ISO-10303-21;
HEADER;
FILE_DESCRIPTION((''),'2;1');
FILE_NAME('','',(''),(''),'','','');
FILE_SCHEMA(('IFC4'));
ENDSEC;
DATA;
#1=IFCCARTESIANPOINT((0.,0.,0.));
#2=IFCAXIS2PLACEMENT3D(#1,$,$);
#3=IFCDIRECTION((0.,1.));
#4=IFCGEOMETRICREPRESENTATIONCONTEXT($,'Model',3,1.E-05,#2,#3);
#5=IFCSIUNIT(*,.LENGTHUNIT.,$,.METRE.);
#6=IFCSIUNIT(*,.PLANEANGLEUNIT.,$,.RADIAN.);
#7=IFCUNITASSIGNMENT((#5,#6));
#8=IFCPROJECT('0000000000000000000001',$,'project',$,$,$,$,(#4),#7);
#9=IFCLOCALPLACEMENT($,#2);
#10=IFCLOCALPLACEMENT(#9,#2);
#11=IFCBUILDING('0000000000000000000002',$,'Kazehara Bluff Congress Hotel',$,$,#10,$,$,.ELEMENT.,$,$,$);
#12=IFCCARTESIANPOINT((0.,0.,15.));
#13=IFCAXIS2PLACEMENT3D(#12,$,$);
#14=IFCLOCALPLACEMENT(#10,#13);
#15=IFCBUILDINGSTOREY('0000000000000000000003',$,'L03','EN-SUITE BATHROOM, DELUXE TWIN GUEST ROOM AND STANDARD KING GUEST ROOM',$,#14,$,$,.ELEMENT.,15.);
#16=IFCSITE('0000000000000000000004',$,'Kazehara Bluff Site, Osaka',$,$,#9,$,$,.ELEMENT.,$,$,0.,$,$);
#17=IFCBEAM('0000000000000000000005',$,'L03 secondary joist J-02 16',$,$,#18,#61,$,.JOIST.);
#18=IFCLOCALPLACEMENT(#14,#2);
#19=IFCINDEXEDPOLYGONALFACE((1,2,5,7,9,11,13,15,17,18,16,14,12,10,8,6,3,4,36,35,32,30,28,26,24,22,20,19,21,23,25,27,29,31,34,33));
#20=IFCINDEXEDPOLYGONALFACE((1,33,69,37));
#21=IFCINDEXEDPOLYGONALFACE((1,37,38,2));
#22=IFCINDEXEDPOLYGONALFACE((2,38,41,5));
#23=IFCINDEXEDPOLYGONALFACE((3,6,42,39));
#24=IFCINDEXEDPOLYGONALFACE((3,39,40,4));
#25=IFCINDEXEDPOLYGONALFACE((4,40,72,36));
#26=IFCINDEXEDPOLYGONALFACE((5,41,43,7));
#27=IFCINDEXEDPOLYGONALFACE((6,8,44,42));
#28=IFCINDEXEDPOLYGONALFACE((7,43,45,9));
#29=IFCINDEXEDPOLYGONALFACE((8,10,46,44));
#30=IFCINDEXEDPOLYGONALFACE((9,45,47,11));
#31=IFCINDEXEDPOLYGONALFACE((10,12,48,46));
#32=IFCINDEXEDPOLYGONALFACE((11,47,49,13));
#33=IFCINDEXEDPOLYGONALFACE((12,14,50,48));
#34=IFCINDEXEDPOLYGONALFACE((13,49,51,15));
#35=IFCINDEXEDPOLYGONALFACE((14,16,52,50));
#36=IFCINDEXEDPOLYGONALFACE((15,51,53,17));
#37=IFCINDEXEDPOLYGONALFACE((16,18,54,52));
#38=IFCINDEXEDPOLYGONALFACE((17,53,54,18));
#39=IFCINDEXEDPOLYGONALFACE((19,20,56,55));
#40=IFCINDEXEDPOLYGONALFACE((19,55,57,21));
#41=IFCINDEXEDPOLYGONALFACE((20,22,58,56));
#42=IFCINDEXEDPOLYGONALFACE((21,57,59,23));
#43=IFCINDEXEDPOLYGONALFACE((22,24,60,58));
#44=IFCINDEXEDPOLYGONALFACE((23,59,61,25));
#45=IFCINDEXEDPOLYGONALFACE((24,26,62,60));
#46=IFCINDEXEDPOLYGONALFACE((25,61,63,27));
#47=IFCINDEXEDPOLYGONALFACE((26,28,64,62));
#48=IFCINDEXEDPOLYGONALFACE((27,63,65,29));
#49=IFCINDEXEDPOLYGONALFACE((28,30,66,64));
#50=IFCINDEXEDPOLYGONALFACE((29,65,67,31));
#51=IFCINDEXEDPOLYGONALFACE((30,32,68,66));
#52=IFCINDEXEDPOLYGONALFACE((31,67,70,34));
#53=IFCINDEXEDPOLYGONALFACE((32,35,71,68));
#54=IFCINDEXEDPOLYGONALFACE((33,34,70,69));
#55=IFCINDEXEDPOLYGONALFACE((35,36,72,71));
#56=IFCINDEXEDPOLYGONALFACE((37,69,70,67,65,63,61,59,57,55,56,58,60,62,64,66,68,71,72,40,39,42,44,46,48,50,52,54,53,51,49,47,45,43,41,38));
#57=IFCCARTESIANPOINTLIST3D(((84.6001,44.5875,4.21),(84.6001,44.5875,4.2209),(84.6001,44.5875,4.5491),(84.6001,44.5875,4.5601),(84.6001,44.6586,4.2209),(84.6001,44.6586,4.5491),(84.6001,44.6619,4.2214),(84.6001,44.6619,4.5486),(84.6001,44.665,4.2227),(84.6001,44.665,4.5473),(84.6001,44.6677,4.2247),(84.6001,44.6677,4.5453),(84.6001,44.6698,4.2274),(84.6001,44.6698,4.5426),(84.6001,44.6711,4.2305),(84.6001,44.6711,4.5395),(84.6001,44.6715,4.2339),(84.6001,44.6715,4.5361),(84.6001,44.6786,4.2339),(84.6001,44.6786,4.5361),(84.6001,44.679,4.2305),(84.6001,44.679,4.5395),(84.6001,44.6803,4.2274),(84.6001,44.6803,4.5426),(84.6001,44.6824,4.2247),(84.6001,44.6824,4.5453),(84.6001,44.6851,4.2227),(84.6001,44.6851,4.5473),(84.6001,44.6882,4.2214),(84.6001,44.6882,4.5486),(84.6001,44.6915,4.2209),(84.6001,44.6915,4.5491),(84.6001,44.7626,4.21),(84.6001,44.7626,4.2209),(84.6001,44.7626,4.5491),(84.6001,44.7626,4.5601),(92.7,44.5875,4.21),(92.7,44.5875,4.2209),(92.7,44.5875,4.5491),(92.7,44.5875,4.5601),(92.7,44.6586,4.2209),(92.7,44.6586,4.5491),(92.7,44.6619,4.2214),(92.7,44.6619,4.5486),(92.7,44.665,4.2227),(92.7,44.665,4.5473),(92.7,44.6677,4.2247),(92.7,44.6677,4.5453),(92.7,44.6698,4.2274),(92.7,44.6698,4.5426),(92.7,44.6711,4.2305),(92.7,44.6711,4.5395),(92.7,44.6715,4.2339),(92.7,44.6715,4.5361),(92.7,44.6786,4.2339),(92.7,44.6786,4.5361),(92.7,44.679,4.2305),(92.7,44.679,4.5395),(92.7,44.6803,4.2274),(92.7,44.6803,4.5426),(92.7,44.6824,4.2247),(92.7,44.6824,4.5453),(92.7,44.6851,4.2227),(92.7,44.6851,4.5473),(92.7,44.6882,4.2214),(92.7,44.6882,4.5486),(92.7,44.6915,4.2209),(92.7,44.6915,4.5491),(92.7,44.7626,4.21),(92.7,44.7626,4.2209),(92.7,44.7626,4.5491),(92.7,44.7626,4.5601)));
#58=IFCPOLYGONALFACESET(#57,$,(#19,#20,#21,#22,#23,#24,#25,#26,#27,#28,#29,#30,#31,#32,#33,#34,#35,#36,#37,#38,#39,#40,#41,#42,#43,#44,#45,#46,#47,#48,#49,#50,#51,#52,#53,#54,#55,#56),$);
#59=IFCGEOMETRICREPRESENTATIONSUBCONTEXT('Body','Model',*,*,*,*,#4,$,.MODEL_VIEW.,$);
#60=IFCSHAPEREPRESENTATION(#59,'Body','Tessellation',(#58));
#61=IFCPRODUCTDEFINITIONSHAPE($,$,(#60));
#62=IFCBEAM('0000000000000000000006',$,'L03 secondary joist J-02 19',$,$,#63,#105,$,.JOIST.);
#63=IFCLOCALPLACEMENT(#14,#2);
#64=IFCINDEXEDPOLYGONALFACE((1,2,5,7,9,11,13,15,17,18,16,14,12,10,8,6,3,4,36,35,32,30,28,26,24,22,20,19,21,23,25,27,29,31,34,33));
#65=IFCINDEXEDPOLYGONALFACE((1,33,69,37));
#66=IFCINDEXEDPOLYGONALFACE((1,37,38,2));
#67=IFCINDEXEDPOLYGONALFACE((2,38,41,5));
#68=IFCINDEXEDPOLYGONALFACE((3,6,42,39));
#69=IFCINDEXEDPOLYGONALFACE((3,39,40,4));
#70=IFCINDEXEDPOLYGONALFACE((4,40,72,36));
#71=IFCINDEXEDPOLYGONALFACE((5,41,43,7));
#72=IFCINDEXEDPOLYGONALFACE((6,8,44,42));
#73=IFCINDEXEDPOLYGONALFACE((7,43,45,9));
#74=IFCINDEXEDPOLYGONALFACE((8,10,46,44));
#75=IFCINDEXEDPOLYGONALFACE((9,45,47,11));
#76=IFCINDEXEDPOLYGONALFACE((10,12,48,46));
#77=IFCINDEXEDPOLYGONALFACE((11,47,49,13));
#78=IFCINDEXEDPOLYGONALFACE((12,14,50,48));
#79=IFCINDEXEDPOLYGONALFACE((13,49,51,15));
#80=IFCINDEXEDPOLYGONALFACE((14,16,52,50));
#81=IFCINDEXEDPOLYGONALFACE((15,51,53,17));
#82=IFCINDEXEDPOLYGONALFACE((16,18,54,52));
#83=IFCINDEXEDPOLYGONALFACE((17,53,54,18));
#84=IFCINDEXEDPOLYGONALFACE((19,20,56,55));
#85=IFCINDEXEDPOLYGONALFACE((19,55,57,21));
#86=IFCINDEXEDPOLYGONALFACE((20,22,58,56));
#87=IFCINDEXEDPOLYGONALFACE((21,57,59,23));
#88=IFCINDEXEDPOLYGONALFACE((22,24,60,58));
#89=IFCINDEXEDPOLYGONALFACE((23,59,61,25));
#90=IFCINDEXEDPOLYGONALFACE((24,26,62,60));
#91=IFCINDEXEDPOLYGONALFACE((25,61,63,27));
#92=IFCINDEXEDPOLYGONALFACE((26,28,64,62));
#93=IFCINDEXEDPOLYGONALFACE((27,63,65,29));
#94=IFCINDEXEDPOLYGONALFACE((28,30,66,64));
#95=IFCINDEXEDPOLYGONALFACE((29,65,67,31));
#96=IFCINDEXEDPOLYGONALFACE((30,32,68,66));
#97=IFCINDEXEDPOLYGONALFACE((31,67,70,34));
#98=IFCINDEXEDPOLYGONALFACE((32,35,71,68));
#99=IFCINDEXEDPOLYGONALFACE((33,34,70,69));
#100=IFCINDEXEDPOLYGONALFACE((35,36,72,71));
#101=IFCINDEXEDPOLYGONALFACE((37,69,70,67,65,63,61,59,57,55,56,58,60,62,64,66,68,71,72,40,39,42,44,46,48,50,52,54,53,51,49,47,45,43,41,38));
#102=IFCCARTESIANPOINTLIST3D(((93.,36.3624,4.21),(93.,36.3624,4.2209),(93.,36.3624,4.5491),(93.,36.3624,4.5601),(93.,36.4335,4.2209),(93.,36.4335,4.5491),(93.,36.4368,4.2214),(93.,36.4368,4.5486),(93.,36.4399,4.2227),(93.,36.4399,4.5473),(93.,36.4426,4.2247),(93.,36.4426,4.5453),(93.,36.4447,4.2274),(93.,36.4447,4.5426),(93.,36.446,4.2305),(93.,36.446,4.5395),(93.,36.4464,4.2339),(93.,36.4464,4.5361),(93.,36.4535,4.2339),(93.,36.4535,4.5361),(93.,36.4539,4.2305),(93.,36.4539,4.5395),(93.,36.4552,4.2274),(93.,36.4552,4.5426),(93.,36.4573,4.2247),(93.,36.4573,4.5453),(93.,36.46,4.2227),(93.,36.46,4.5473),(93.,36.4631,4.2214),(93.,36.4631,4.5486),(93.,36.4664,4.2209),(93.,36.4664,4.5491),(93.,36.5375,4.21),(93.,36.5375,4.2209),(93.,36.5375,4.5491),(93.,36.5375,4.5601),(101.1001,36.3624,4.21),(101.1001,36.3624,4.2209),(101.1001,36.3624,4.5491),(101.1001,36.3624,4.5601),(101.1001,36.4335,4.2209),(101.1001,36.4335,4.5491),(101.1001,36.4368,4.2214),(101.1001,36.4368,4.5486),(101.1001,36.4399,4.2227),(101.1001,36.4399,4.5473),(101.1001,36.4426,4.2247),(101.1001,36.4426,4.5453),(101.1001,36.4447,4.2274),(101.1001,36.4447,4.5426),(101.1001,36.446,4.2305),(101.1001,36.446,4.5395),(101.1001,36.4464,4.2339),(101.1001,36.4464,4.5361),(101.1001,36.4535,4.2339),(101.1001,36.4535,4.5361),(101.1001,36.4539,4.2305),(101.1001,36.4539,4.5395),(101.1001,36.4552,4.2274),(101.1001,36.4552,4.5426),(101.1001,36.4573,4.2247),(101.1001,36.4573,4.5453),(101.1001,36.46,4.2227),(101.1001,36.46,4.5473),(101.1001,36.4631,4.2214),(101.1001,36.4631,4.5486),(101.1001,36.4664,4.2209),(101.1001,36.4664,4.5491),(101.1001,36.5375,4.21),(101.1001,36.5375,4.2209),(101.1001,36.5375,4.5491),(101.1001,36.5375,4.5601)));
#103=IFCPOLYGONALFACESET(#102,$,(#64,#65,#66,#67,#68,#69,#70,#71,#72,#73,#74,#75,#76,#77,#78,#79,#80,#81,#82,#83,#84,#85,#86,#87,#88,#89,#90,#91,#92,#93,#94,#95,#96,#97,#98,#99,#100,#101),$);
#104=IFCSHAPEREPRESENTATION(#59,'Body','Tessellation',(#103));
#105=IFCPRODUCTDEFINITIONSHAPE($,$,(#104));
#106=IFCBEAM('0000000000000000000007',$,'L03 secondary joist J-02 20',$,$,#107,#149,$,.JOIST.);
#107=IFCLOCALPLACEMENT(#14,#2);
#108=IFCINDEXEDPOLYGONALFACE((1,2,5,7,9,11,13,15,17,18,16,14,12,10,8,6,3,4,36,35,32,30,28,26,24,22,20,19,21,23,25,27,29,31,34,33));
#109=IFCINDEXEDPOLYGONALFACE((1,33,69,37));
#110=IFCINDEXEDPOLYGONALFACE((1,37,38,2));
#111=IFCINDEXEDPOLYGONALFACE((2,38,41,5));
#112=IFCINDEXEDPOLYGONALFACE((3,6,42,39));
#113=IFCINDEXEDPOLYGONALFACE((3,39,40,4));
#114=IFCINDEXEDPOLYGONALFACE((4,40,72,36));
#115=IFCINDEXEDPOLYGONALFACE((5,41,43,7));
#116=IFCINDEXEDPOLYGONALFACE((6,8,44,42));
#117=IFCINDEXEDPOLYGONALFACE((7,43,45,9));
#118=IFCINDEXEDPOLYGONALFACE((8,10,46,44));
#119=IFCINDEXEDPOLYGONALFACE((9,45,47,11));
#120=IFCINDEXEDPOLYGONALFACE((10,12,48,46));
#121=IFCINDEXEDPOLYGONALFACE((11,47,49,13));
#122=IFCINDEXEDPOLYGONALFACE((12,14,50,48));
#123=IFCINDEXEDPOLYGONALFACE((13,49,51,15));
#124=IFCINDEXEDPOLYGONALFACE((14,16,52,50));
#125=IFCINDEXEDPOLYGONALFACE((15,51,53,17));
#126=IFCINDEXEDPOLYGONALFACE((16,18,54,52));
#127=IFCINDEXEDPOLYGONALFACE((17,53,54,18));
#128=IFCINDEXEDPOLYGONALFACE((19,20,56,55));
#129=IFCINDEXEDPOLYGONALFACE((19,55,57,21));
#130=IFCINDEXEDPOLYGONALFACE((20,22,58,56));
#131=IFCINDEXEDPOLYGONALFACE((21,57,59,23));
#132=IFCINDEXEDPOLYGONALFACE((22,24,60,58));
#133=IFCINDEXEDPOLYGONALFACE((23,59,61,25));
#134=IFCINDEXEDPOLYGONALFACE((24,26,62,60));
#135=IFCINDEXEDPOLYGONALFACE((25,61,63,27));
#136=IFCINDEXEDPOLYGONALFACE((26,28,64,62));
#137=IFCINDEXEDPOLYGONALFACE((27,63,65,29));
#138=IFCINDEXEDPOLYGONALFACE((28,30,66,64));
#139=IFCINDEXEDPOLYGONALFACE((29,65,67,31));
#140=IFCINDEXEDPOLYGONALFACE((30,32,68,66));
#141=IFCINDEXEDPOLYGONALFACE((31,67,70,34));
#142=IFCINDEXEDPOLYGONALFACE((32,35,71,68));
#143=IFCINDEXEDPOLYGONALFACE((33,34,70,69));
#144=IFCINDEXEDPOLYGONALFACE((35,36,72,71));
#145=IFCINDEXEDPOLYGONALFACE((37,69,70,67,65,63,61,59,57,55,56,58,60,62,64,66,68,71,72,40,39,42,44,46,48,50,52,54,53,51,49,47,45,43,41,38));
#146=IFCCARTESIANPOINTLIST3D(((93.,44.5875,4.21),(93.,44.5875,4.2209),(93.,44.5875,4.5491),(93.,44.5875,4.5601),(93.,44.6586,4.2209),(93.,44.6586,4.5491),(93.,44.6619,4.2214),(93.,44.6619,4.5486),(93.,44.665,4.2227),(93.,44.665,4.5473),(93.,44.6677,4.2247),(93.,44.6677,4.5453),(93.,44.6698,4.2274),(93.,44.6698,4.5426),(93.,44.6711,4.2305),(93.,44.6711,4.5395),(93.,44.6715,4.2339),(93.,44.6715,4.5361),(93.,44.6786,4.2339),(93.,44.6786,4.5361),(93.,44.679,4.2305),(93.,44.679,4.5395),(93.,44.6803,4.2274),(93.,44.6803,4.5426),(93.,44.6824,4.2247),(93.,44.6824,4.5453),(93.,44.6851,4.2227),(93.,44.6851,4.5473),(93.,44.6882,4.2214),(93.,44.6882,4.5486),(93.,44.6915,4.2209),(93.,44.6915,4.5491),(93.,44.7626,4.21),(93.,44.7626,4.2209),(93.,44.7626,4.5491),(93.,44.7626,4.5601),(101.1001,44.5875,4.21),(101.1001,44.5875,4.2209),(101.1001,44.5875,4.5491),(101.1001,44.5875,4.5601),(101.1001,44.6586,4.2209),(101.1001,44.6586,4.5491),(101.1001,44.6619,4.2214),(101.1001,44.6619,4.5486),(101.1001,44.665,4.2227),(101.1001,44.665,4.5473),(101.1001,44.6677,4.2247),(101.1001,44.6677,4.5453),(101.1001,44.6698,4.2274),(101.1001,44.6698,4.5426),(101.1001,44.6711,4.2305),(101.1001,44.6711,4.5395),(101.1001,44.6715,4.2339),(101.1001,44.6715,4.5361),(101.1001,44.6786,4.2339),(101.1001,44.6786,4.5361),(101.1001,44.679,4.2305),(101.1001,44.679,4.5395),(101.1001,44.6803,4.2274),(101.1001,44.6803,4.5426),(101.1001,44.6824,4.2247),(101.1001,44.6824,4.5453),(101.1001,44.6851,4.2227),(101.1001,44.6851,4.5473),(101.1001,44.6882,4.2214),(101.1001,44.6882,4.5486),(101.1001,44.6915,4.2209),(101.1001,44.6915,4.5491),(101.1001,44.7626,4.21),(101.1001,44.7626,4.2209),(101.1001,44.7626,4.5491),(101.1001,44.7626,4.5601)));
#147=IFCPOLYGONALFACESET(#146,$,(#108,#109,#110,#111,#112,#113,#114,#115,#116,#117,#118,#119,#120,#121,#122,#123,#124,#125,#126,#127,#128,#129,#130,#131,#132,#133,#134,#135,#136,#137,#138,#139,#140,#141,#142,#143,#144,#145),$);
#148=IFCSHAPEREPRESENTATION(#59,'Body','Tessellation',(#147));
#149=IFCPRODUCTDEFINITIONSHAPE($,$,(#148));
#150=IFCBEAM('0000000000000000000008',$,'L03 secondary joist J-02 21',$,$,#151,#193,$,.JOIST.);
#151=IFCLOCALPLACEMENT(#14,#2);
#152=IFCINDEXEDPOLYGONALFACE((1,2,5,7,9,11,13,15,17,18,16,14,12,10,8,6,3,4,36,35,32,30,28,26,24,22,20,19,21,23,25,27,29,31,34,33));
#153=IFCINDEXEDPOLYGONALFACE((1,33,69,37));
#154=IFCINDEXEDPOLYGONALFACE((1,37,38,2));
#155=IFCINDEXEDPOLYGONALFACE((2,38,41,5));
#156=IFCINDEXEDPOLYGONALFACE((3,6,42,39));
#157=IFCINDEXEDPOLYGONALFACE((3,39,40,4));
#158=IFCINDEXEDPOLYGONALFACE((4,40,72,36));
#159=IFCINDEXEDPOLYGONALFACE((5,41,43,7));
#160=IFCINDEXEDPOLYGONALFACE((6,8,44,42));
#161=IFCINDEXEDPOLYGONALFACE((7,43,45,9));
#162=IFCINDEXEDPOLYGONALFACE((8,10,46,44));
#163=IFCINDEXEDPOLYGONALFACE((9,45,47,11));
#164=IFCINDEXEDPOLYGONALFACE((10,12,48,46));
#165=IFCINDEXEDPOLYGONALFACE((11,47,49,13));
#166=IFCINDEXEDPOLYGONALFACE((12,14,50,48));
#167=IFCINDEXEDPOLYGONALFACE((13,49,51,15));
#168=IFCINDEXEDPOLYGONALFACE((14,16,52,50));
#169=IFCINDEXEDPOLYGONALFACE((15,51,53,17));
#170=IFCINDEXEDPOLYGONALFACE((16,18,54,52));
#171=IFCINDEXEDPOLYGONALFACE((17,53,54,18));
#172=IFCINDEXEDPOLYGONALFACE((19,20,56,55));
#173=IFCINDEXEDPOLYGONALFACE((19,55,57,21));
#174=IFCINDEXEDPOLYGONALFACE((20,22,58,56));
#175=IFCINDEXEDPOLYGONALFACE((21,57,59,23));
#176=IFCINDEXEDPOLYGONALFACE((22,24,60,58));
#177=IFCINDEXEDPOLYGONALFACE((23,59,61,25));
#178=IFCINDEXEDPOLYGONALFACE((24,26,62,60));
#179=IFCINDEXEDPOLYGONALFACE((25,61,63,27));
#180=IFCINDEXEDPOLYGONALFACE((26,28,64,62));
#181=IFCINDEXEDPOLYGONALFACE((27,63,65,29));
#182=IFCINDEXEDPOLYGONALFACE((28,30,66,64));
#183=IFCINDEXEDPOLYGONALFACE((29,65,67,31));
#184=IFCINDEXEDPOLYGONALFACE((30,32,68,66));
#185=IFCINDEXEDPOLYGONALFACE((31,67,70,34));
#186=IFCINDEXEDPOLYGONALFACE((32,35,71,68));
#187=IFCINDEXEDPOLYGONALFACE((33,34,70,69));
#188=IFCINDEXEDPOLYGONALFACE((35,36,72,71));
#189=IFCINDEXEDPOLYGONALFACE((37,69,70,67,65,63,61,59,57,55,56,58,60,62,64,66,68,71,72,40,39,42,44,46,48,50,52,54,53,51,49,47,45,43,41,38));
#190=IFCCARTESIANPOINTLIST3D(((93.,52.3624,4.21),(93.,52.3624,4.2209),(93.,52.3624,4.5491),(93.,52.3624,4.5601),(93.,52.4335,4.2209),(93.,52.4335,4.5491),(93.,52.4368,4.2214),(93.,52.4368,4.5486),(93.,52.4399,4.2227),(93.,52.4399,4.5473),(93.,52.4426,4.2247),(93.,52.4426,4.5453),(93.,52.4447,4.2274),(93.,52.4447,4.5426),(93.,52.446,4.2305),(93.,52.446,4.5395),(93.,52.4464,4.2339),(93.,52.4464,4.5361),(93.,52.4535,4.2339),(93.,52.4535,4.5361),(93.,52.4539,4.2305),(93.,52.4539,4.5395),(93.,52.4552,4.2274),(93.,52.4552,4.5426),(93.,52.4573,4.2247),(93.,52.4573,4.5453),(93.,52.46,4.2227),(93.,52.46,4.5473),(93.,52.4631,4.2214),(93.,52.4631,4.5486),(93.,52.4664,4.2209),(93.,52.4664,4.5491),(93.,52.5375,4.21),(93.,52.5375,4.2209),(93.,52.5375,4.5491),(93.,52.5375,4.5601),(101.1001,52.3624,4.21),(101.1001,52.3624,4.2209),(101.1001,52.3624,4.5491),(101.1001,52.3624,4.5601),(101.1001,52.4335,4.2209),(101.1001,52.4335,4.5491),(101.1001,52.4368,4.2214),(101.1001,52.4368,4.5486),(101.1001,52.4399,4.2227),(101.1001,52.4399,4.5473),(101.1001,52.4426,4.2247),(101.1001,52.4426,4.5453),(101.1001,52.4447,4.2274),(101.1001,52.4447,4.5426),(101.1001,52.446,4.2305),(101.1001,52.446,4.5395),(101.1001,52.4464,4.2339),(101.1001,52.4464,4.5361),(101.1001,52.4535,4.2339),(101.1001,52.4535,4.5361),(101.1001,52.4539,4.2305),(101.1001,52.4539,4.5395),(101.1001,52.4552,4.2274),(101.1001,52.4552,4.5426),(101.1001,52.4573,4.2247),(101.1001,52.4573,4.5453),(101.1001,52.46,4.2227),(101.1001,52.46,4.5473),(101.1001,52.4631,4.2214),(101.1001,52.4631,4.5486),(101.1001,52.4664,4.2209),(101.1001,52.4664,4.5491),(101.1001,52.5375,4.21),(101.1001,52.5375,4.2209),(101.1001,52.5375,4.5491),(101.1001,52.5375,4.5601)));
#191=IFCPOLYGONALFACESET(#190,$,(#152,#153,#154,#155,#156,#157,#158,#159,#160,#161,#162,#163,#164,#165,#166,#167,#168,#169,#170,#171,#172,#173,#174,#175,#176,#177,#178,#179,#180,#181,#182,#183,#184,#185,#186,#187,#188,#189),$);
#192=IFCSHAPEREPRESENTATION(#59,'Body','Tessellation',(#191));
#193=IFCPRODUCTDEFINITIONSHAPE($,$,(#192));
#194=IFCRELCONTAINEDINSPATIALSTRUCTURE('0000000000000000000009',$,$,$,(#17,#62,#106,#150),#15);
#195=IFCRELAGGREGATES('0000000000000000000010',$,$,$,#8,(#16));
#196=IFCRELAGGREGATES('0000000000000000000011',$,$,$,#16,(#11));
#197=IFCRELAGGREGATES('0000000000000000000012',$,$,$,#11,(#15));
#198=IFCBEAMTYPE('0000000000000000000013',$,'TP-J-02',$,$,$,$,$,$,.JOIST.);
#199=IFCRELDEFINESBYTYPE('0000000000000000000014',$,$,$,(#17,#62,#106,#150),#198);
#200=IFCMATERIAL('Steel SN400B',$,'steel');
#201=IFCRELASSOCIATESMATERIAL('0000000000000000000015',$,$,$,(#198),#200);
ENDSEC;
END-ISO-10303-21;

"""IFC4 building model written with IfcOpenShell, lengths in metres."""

from ifc_helpers import new_model, si_unit, direction, frame, origin, origin_2d, place, context, subcontext, project, spatial, i_section, extrude, material, material_profile, profile_set, type_object, element, save


model = new_model("IFC4")

# Units and contexts
model_context = context("Model", 3, precision=1e-05, world=origin(), true_north=direction((0.0, 1.0)))
body_context = subcontext(model_context, "Body", "Model", "MODEL_VIEW")
ifc_project = project(units=[si_unit("LENGTHUNIT", "METRE"), si_unit("PLANEANGLEUNIT", "RADIAN")], contexts=[model_context])

# Site, building, storey
site_placement = place(None, origin())
site = spatial("IfcSite", under=ifc_project, at=site_placement, Name="Kazehara Bluff Site, Osaka", CompositionType="ELEMENT", RefElevation=0.0)
building_placement = place(site_placement, origin())
building = spatial("IfcBuilding", under=site, at=building_placement, Name="Kazehara Bluff Congress Hotel", CompositionType="ELEMENT")
storey_placement = place(building_placement, frame((0.0, 0.0, 15.0)))
storey = spatial("IfcBuildingStorey", under=building, at=storey_placement, Name="L03", Description="EN-SUITE BATHROOM, DELUXE TWIN GUEST ROOM AND STANDARD KING GUEST ROOM", CompositionType="ELEMENT", Elevation=15.0)

# Beams
ifc_material_1 = material(Name="Steel SN400B", Category="steel")
ifc_material_profile_1 = material_profile(ifc_material_1, i_section(OverallWidth=0.175, OverallDepth=0.3501, WebThickness=0.0071, FlangeThickness=0.011, FilletRadius=0.0129, at=origin_2d()))
ifc_profile_set_1 = profile_set([ifc_material_profile_1], Name="Steel SN400B")
beam_type_1 = type_object("IfcBeamType", Name="TP-J-02", PredefinedType="JOIST", material=ifc_profile_set_1)
for number, where, z_axis, x_axis, name in (
    (1, (84.6001, 44.675, 4.385), (1.0, 0.0, 0.0), (0.0, 1.0, 0.0), "L03 secondary joist J-02 16"),
):
    element("IfcBeam", number, at=place(storey_placement, frame(where, z_axis=z_axis, x_axis=x_axis)), inside=storey, type_object=beam_type_1, Name=name, PredefinedType="JOIST", context=body_context, shape_type="SweptSolid", body=[
        extrude(i_section(OverallWidth=0.175, OverallDepth=0.3501, WebThickness=0.0071, FlangeThickness=0.011, FilletRadius=0.0129, at=origin_2d()), origin(), (0.0, 0.0, 1.0), 8.0999),
    ])
for number, where, z_axis, x_axis, name in (
    (2, (93.0, 36.45, 4.385), (1.0, 0.0, 0.0), (0.0, 1.0, 0.0), "L03 secondary joist J-02 19"),
    (3, (93.0, 44.675, 4.385), (1.0, 0.0, 0.0), (0.0, 1.0, 0.0), "L03 secondary joist J-02 20"),
    (4, (93.0, 52.45, 4.385), (1.0, 0.0, 0.0), (0.0, 1.0, 0.0), "L03 secondary joist J-02 21"),
):
    element("IfcBeam", number, at=place(storey_placement, frame(where, z_axis=z_axis, x_axis=x_axis)), inside=storey, type_object=beam_type_1, Name=name, PredefinedType="JOIST", context=body_context, shape_type="SweptSolid", body=[
        extrude(i_section(OverallWidth=0.175, OverallDepth=0.3501, WebThickness=0.0071, FlangeThickness=0.011, FilletRadius=0.0129, at=origin_2d()), origin(), (0.0, 0.0, 1.0), 8.1001),
    ])

save(model, "model.ifc")
